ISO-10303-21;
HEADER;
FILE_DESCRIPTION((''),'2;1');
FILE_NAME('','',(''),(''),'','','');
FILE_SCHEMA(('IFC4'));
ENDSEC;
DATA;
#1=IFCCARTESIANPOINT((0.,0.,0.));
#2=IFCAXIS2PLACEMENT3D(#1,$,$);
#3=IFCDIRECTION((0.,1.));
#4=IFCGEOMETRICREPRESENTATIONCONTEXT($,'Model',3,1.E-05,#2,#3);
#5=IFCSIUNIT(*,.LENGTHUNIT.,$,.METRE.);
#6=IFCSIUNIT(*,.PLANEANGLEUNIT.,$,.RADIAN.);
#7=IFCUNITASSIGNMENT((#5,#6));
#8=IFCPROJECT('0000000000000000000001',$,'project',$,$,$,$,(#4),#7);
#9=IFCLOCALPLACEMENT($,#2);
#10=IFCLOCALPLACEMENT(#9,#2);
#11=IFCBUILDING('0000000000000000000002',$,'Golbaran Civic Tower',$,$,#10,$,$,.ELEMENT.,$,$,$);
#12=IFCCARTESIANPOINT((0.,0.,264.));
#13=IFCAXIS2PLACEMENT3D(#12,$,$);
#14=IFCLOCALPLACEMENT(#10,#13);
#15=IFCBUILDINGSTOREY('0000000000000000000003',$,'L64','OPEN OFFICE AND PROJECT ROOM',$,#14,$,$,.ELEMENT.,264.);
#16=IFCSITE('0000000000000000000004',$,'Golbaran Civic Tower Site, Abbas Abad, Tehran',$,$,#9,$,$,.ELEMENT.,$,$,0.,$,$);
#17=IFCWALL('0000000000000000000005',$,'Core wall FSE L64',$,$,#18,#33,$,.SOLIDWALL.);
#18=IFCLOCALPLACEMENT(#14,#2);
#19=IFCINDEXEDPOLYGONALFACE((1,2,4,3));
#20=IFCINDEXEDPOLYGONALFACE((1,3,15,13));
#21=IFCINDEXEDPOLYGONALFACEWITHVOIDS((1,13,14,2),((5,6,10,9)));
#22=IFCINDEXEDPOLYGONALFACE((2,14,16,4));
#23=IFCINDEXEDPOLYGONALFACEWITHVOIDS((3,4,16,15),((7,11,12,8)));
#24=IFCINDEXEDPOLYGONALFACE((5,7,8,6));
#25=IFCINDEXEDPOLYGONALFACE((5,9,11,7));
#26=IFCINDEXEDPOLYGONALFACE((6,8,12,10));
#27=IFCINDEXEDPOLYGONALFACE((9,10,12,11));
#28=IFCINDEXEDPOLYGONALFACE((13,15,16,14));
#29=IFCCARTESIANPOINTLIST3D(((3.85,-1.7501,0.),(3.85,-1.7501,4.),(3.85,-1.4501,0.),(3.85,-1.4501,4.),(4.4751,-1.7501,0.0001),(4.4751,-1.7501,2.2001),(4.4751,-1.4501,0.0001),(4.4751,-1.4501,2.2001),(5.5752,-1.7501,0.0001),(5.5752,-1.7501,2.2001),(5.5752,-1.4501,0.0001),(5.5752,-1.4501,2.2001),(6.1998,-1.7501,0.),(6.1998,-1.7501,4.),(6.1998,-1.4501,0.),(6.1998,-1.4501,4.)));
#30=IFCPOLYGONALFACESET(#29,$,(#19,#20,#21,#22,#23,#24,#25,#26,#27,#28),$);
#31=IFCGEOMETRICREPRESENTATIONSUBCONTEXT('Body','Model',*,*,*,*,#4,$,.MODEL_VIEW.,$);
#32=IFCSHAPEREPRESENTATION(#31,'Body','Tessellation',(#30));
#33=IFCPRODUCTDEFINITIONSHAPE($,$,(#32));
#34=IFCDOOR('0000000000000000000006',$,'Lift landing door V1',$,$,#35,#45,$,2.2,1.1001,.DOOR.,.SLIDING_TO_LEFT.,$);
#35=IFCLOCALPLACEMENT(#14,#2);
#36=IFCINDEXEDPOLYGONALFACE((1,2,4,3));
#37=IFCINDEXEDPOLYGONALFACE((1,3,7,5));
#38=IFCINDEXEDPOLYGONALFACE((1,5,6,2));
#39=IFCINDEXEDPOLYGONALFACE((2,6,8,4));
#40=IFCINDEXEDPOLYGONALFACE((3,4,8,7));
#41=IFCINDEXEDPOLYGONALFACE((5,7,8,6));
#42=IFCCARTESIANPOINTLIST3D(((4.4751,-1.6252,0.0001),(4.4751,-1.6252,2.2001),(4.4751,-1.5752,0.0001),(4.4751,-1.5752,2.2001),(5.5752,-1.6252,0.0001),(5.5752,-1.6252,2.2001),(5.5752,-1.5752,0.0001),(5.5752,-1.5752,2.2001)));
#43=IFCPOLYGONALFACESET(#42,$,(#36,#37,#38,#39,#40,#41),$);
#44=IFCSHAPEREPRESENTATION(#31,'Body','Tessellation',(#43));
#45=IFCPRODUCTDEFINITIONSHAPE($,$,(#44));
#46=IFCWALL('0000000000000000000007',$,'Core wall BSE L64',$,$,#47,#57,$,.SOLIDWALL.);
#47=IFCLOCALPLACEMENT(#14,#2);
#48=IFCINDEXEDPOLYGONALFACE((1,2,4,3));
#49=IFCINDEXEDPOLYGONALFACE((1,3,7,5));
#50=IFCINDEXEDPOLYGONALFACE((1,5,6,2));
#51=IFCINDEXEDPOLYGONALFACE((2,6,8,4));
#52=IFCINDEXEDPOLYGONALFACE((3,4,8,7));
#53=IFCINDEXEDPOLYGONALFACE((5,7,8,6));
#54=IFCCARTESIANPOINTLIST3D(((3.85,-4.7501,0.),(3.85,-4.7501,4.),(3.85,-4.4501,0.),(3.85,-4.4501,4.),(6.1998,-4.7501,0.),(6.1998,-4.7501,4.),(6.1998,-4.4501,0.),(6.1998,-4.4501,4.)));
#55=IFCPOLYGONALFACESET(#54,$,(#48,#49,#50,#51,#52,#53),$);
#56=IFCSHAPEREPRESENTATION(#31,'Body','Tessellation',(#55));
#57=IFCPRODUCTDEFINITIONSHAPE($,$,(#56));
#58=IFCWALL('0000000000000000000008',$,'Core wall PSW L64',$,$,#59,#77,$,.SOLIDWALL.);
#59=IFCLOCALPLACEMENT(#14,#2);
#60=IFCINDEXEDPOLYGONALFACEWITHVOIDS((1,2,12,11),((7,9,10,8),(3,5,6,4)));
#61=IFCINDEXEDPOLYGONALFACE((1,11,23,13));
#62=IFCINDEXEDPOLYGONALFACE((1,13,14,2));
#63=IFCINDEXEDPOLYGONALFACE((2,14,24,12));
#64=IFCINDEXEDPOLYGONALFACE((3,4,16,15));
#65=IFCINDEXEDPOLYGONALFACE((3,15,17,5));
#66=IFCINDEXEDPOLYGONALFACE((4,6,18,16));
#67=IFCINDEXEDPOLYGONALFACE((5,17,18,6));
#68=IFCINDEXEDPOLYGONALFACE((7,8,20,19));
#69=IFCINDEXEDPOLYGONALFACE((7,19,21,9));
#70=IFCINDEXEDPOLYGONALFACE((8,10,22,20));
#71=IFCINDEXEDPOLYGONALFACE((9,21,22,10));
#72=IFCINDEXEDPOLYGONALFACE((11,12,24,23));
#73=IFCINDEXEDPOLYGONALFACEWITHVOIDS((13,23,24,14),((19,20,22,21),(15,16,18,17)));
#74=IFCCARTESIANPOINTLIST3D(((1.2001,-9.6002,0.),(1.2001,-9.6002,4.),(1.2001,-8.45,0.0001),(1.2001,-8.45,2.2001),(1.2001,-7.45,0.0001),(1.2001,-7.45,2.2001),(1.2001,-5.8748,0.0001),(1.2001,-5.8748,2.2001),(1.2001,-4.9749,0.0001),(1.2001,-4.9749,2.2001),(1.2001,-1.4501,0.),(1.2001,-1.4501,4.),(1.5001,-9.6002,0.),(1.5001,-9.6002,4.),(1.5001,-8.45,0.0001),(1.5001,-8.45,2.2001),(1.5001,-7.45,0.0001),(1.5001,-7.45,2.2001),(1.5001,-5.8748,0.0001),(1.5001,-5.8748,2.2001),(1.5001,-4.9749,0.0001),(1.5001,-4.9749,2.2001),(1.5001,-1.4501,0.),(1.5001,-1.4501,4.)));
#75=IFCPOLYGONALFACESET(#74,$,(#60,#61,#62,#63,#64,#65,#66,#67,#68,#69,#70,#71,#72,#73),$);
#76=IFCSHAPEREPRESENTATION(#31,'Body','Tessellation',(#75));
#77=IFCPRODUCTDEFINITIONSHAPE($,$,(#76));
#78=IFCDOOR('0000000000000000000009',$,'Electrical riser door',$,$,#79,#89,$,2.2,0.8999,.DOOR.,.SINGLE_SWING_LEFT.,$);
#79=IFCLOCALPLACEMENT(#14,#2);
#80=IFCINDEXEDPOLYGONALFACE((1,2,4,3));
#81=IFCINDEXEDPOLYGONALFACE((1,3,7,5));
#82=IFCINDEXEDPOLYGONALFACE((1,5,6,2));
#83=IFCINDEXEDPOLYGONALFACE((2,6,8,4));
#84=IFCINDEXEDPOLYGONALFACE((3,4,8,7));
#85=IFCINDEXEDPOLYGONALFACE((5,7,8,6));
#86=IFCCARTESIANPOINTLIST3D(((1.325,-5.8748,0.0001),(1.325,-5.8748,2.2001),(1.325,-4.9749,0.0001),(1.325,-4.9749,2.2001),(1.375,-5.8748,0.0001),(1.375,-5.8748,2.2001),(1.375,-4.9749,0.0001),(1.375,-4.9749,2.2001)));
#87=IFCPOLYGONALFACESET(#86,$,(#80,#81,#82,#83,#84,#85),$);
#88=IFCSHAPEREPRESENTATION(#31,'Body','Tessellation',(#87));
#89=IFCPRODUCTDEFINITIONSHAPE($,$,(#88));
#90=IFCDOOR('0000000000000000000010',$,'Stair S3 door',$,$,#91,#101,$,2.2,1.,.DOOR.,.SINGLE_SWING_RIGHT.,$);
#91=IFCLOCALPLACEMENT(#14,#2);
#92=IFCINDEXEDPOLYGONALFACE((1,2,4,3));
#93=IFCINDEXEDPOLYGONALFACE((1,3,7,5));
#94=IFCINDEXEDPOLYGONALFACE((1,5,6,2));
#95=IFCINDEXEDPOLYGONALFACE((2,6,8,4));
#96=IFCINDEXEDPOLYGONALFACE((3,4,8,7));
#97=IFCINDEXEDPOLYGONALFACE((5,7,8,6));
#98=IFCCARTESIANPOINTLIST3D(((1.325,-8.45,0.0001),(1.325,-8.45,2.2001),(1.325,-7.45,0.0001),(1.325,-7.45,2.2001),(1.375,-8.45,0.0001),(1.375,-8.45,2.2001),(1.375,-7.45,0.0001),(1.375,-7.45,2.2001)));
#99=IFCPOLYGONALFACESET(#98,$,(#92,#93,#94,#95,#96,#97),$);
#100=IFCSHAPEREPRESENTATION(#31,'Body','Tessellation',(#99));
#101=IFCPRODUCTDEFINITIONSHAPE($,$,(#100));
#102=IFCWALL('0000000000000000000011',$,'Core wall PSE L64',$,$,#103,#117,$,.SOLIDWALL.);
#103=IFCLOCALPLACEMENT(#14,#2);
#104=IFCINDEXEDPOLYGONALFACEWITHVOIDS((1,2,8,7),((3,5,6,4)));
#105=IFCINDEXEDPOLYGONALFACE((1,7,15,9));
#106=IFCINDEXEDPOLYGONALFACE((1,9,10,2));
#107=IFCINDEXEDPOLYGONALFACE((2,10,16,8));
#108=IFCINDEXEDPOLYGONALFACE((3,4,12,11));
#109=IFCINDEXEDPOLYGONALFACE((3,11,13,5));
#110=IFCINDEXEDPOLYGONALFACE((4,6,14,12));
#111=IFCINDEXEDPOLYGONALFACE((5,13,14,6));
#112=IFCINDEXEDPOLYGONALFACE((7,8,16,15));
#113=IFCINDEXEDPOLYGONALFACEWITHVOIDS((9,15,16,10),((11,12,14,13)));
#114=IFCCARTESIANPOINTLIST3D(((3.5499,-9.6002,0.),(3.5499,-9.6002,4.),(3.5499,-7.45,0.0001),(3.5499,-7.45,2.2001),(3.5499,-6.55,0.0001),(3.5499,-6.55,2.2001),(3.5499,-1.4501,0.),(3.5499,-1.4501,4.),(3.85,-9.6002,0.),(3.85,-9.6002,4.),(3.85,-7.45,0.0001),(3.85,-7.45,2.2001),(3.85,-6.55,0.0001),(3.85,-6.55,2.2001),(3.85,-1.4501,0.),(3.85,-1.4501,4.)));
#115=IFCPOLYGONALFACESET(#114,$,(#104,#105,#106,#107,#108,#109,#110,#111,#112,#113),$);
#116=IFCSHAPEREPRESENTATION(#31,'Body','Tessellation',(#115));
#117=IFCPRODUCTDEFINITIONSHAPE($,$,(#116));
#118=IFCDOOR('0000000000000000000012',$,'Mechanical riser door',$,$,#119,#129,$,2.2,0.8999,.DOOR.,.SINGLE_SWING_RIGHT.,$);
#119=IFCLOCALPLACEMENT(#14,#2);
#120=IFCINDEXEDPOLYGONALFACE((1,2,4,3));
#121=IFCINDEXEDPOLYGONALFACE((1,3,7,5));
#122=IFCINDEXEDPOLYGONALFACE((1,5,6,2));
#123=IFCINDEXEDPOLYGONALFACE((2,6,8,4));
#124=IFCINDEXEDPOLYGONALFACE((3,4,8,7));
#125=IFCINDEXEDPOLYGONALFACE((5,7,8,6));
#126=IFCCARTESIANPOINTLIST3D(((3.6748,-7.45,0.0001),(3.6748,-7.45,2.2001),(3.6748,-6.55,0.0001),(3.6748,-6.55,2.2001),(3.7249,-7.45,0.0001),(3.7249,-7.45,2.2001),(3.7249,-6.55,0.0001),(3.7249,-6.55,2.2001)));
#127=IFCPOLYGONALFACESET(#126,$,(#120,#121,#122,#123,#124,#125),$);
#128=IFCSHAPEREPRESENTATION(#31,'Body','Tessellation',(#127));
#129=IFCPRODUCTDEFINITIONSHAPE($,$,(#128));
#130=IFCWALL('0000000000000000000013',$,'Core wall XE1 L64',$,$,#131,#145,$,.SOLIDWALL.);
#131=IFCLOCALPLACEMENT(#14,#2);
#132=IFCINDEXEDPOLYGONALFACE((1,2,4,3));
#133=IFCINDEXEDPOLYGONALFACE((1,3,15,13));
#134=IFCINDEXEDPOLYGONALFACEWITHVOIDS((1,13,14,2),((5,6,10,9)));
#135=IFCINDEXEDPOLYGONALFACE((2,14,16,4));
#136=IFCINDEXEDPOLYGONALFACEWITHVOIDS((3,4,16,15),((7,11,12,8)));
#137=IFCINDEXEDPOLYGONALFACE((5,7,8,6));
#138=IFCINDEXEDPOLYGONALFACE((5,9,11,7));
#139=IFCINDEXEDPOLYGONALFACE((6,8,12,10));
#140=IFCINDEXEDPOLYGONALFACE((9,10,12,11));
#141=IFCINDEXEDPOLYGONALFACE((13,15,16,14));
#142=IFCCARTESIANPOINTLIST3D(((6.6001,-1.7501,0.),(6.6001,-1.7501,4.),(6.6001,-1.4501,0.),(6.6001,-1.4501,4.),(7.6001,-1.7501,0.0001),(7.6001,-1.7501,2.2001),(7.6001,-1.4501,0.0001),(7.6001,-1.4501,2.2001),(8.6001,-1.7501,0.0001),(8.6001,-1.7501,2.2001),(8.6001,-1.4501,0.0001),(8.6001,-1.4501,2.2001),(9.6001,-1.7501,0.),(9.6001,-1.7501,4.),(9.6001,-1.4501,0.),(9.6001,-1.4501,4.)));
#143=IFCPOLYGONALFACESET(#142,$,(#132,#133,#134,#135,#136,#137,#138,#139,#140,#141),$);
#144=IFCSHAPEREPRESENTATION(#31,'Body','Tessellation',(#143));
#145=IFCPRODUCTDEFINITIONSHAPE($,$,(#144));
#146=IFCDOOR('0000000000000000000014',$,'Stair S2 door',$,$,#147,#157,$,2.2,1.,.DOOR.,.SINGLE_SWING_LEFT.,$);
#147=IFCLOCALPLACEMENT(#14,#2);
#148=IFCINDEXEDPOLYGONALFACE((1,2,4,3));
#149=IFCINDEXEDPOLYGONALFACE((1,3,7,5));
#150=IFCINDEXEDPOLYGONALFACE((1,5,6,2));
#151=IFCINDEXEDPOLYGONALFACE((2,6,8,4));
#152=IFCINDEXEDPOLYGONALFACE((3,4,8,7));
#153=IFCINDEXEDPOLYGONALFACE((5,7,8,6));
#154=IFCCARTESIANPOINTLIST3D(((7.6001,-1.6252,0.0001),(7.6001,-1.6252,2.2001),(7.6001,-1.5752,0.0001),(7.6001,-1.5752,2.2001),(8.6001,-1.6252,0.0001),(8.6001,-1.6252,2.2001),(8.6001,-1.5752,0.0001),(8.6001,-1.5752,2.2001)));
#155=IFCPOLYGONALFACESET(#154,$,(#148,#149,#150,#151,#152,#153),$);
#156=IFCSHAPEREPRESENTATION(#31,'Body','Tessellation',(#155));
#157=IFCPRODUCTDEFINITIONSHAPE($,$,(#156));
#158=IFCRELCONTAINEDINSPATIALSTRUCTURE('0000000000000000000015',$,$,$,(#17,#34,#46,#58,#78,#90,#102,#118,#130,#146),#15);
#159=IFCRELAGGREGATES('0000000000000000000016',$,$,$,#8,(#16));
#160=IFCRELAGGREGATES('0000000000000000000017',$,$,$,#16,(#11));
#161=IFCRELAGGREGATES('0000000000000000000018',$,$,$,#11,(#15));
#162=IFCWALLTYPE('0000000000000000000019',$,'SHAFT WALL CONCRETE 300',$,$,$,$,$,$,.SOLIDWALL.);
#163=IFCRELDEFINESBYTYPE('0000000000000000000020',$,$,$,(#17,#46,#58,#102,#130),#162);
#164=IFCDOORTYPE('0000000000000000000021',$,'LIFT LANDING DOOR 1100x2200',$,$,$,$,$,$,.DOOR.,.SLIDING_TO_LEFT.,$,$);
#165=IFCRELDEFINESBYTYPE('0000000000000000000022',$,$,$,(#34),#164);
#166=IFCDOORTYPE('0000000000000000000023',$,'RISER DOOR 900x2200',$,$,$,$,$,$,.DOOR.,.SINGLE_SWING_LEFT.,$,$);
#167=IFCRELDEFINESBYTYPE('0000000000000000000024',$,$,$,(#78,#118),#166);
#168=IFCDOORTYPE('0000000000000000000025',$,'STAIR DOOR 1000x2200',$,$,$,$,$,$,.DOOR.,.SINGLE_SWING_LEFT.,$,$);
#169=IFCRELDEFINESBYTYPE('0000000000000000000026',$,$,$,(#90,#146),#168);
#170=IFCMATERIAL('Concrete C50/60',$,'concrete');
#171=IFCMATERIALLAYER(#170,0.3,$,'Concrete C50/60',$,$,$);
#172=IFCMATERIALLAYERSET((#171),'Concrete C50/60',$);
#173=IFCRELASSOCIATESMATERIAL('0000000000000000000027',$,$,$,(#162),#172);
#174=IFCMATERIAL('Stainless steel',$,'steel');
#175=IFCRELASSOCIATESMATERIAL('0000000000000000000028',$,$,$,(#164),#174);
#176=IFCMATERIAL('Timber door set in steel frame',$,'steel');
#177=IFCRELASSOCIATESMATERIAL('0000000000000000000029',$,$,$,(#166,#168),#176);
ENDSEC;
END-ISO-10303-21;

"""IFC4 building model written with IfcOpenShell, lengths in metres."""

from ifc_helpers import new_model, si_unit, direction, frame, frame_2d, origin, place, context, subcontext, project, spatial, rectangle, extrude, material, layer, layer_set, type_object, element, fill, save


model = new_model("IFC4")

# Units and contexts
model_context = context("Model", 3, precision=1e-05, world=origin(), true_north=direction((0.0, 1.0)))
body_context = subcontext(model_context, "Body", "Model", "MODEL_VIEW")
ifc_project = project(units=[si_unit("LENGTHUNIT", "METRE"), si_unit("PLANEANGLEUNIT", "RADIAN")], contexts=[model_context])

# Site, building, storey
site_placement = place(None, origin())
site = spatial("IfcSite", under=ifc_project, at=site_placement, Name="Golbaran Civic Tower Site, Abbas Abad, Tehran", CompositionType="ELEMENT", RefElevation=0.0)
building_placement = place(site_placement, origin())
building = spatial("IfcBuilding", under=site, at=building_placement, Name="Golbaran Civic Tower", CompositionType="ELEMENT")
storey_placement = place(building_placement, frame((0.0, 0.0, 264.0)))
storey = spatial("IfcBuildingStorey", under=building, at=storey_placement, Name="L64", Description="OPEN OFFICE AND PROJECT ROOM", CompositionType="ELEMENT", Elevation=264.0)

# Wall, opening, door
ifc_material_1 = material(Name="Concrete C50/60", Category="concrete")
ifc_layer_1 = layer(ifc_material_1, 0.3, Name="Concrete C50/60")
ifc_layer_set_1 = layer_set([ifc_layer_1], Name="Concrete C50/60")
wall_type = type_object("IfcWallType", Name="SHAFT WALL CONCRETE 300", PredefinedType="SOLIDWALL", material=ifc_layer_set_1)
wall_1_placement = place(storey_placement, frame((3.8501, -1.6001, 0.0), z_axis=(0.0, 0.0, 1.0), x_axis=(1.0, 0.0, 0.0)))
wall_1 = element("IfcWall", 1, at=wall_1_placement, inside=storey, type_object=wall_type, Name="Core wall FSE L64", PredefinedType="SOLIDWALL", context=body_context, shape_type="SweptSolid", body=[
    extrude(rectangle(XDim=2.3499, YDim=0.3, at=frame_2d((1.1748, 0.0))), origin(), (0.0, 0.0, 1.0), 4.0),
])
opening_1_placement = place(wall_1_placement, frame((0.625, 0.0, 0.0)))
opening_1 = element("IfcOpeningElement", 2, at=opening_1_placement, cuts=wall_1, PredefinedType="OPENING", context=body_context, shape_type="SweptSolid", body=[
    extrude(rectangle(XDim=1.1001, YDim=2.2, at=frame_2d((0.55, 1.1001))), frame((0.0, 0.1599, 0.0), z_axis=(0.0, -1.0, 0.0), x_axis=(1.0, 0.0, 0.0)), (0.0, 0.0, 1.0), 0.3201),
])
ifc_material_2 = material(Name="Stainless steel", Category="steel")
door_type_1 = type_object("IfcDoorType", Name="LIFT LANDING DOOR 1100x2200", OperationType="SLIDING_TO_LEFT", PredefinedType="DOOR", material=ifc_material_2)
door_1_placement = place(opening_1_placement, origin())
door_1 = element("IfcDoor", 3, at=door_1_placement, inside=storey, type_object=door_type_1, Name="Lift landing door V1", OperationType="SLIDING_TO_LEFT", OverallHeight=2.2, OverallWidth=1.1001, PredefinedType="DOOR", context=body_context, shape_type="SweptSolid", body=[
    extrude(rectangle(XDim=1.1001, YDim=2.2, at=frame_2d((0.55, 1.1001))), frame((0.0, 0.0249, 0.0), z_axis=(0.0, -1.0, 0.0), x_axis=(1.0, 0.0, 0.0)), (0.0, 0.0, 1.0), 0.05),
])
fill(opening_1, door_1)

# Wall
wall_2_placement = place(storey_placement, frame((3.8501, -4.6001, 0.0), z_axis=(0.0, 0.0, 1.0), x_axis=(1.0, 0.0, 0.0)))
element("IfcWall", 4, at=wall_2_placement, inside=storey, type_object=wall_type, Name="Core wall BSE L64", PredefinedType="SOLIDWALL", context=body_context, shape_type="SweptSolid", body=[
    extrude(rectangle(XDim=2.3499, YDim=0.3, at=frame_2d((1.1748, 0.0))), origin(), (0.0, 0.0, 1.0), 4.0),
])

# Wall, openings, doors
wall_3_placement = place(storey_placement, frame((1.3501, -1.45, 0.0), z_axis=(0.0, 0.0, 1.0), x_axis=(0.0, -1.0, 0.0)))
wall_3 = element("IfcWall", 5, at=wall_3_placement, inside=storey, type_object=wall_type, Name="Core wall PSW L64", PredefinedType="SOLIDWALL", context=body_context, shape_type="SweptSolid", body=[
    extrude(rectangle(XDim=8.1501, YDim=0.3, at=frame_2d((4.0752, 0.0))), origin(), (0.0, 0.0, 1.0), 4.0),
])
opening_2_placement = place(wall_3_placement, frame((6.0, 0.0, 0.0)))
opening_2 = element("IfcOpeningElement", 6, at=opening_2_placement, cuts=wall_3, PredefinedType="OPENING", context=body_context, shape_type="SweptSolid", body=[
    extrude(rectangle(XDim=1.0, YDim=2.2, at=frame_2d((0.5, 1.1001))), frame((0.0, 0.1599, 0.0), z_axis=(0.0, -1.0, 0.0), x_axis=(1.0, 0.0, 0.0)), (0.0, 0.0, 1.0), 0.3201),
])
opening_3_placement = place(wall_3_placement, frame((3.5249, 0.0, 0.0)))
opening_3 = element("IfcOpeningElement", 7, at=opening_3_placement, cuts=wall_3, PredefinedType="OPENING", context=body_context, shape_type="SweptSolid", body=[
    extrude(rectangle(XDim=0.8999, YDim=2.2, at=frame_2d((0.45, 1.1001))), frame((0.0, 0.1599, 0.0), z_axis=(0.0, -1.0, 0.0), x_axis=(1.0, 0.0, 0.0)), (0.0, 0.0, 1.0), 0.3201),
])
ifc_material_3 = material(Name="Timber door set in steel frame", Category="steel")
door_type_2 = type_object("IfcDoorType", Name="RISER DOOR 900x2200", OperationType="SINGLE_SWING_LEFT", PredefinedType="DOOR", material=ifc_material_3)
door_2_placement = place(opening_3_placement, origin())
door_2 = element("IfcDoor", 8, at=door_2_placement, inside=storey, type_object=door_type_2, Name="Electrical riser door", OperationType="SINGLE_SWING_LEFT", OverallHeight=2.2, OverallWidth=0.8999, PredefinedType="DOOR", context=body_context, shape_type="SweptSolid", body=[
    extrude(rectangle(XDim=0.8999, YDim=2.2, at=frame_2d((0.45, 1.1001))), frame((0.0, 0.0249, 0.0), z_axis=(0.0, -1.0, 0.0), x_axis=(1.0, 0.0, 0.0)), (0.0, 0.0, 1.0), 0.05),
])
fill(opening_3, door_2)
door_type_3 = type_object("IfcDoorType", Name="STAIR DOOR 1000x2200", OperationType="SINGLE_SWING_LEFT", PredefinedType="DOOR", material=ifc_material_3)
door_3_placement = place(opening_2_placement, origin())
door_3 = element("IfcDoor", 9, at=door_3_placement, inside=storey, type_object=door_type_3, Name="Stair S3 door", OperationType="SINGLE_SWING_RIGHT", OverallHeight=2.2, OverallWidth=1.0, PredefinedType="DOOR", context=body_context, shape_type="SweptSolid", body=[
    extrude(rectangle(XDim=1.0, YDim=2.2, at=frame_2d((0.5, 1.1001))), frame((0.0, 0.0249, 0.0), z_axis=(0.0, -1.0, 0.0), x_axis=(1.0, 0.0, 0.0)), (0.0, 0.0, 1.0), 0.05),
])
fill(opening_2, door_3)

# Walls, openings, doors
wall_4_placement = place(storey_placement, frame((3.7, -1.45, 0.0), z_axis=(0.0, 0.0, 1.0), x_axis=(0.0, -1.0, 0.0)))
wall_4 = element("IfcWall", 10, at=wall_4_placement, inside=storey, type_object=wall_type, Name="Core wall PSE L64", PredefinedType="SOLIDWALL", context=body_context, shape_type="SweptSolid", body=[
    extrude(rectangle(XDim=8.1501, YDim=0.3, at=frame_2d((4.0752, 0.0))), origin(), (0.0, 0.0, 1.0), 4.0),
])
opening_4_placement = place(wall_4_placement, frame((5.1001, 0.0, 0.0)))
opening_4 = element("IfcOpeningElement", 11, at=opening_4_placement, cuts=wall_4, PredefinedType="OPENING", context=body_context, shape_type="SweptSolid", body=[
    extrude(rectangle(XDim=0.8999, YDim=2.2, at=frame_2d((0.45, 1.1001))), frame((0.0, 0.1599, 0.0), z_axis=(0.0, -1.0, 0.0), x_axis=(1.0, 0.0, 0.0)), (0.0, 0.0, 1.0), 0.3201),
])
door_4_placement = place(opening_4_placement, origin())
door_4 = element("IfcDoor", 12, at=door_4_placement, inside=storey, type_object=door_type_2, Name="Mechanical riser door", OperationType="SINGLE_SWING_RIGHT", OverallHeight=2.2, OverallWidth=0.8999, PredefinedType="DOOR", context=body_context, shape_type="SweptSolid", body=[
    extrude(rectangle(XDim=0.8999, YDim=2.2, at=frame_2d((0.45, 1.1001))), frame((0.0, 0.0249, 0.0), z_axis=(0.0, -1.0, 0.0), x_axis=(1.0, 0.0, 0.0)), (0.0, 0.0, 1.0), 0.05),
])
fill(opening_4, door_4)
wall_5_placement = place(storey_placement, frame((6.6001, -1.6001, 0.0), z_axis=(0.0, 0.0, 1.0), x_axis=(1.0, 0.0, 0.0)))
wall_5 = element("IfcWall", 13, at=wall_5_placement, inside=storey, type_object=wall_type, Name="Core wall XE1 L64", PredefinedType="SOLIDWALL", context=body_context, shape_type="SweptSolid", body=[
    extrude(rectangle(XDim=3.0, YDim=0.3, at=frame_2d((1.5, 0.0))), origin(), (0.0, 0.0, 1.0), 4.0),
])
opening_5_placement = place(wall_5_placement, frame((1.0, 0.0, 0.0)))
opening_5 = element("IfcOpeningElement", 14, at=opening_5_placement, cuts=wall_5, PredefinedType="OPENING", context=body_context, shape_type="SweptSolid", body=[
    extrude(rectangle(XDim=1.0, YDim=2.2, at=frame_2d((0.5, 1.1001))), frame((0.0, 0.1599, 0.0), z_axis=(0.0, -1.0, 0.0), x_axis=(1.0, 0.0, 0.0)), (0.0, 0.0, 1.0), 0.3201),
])
door_5_placement = place(opening_5_placement, origin())
door_5 = element("IfcDoor", 15, at=door_5_placement, inside=storey, type_object=door_type_3, Name="Stair S2 door", OperationType="SINGLE_SWING_LEFT", OverallHeight=2.2, OverallWidth=1.0, PredefinedType="DOOR", context=body_context, shape_type="SweptSolid", body=[
    extrude(rectangle(XDim=1.0, YDim=2.2, at=frame_2d((0.5, 1.1001))), frame((0.0, 0.0249, 0.0), z_axis=(0.0, -1.0, 0.0), x_axis=(1.0, 0.0, 0.0)), (0.0, 0.0, 1.0), 0.05),
])
fill(opening_5, door_5)

save(model, "model.ifc")
